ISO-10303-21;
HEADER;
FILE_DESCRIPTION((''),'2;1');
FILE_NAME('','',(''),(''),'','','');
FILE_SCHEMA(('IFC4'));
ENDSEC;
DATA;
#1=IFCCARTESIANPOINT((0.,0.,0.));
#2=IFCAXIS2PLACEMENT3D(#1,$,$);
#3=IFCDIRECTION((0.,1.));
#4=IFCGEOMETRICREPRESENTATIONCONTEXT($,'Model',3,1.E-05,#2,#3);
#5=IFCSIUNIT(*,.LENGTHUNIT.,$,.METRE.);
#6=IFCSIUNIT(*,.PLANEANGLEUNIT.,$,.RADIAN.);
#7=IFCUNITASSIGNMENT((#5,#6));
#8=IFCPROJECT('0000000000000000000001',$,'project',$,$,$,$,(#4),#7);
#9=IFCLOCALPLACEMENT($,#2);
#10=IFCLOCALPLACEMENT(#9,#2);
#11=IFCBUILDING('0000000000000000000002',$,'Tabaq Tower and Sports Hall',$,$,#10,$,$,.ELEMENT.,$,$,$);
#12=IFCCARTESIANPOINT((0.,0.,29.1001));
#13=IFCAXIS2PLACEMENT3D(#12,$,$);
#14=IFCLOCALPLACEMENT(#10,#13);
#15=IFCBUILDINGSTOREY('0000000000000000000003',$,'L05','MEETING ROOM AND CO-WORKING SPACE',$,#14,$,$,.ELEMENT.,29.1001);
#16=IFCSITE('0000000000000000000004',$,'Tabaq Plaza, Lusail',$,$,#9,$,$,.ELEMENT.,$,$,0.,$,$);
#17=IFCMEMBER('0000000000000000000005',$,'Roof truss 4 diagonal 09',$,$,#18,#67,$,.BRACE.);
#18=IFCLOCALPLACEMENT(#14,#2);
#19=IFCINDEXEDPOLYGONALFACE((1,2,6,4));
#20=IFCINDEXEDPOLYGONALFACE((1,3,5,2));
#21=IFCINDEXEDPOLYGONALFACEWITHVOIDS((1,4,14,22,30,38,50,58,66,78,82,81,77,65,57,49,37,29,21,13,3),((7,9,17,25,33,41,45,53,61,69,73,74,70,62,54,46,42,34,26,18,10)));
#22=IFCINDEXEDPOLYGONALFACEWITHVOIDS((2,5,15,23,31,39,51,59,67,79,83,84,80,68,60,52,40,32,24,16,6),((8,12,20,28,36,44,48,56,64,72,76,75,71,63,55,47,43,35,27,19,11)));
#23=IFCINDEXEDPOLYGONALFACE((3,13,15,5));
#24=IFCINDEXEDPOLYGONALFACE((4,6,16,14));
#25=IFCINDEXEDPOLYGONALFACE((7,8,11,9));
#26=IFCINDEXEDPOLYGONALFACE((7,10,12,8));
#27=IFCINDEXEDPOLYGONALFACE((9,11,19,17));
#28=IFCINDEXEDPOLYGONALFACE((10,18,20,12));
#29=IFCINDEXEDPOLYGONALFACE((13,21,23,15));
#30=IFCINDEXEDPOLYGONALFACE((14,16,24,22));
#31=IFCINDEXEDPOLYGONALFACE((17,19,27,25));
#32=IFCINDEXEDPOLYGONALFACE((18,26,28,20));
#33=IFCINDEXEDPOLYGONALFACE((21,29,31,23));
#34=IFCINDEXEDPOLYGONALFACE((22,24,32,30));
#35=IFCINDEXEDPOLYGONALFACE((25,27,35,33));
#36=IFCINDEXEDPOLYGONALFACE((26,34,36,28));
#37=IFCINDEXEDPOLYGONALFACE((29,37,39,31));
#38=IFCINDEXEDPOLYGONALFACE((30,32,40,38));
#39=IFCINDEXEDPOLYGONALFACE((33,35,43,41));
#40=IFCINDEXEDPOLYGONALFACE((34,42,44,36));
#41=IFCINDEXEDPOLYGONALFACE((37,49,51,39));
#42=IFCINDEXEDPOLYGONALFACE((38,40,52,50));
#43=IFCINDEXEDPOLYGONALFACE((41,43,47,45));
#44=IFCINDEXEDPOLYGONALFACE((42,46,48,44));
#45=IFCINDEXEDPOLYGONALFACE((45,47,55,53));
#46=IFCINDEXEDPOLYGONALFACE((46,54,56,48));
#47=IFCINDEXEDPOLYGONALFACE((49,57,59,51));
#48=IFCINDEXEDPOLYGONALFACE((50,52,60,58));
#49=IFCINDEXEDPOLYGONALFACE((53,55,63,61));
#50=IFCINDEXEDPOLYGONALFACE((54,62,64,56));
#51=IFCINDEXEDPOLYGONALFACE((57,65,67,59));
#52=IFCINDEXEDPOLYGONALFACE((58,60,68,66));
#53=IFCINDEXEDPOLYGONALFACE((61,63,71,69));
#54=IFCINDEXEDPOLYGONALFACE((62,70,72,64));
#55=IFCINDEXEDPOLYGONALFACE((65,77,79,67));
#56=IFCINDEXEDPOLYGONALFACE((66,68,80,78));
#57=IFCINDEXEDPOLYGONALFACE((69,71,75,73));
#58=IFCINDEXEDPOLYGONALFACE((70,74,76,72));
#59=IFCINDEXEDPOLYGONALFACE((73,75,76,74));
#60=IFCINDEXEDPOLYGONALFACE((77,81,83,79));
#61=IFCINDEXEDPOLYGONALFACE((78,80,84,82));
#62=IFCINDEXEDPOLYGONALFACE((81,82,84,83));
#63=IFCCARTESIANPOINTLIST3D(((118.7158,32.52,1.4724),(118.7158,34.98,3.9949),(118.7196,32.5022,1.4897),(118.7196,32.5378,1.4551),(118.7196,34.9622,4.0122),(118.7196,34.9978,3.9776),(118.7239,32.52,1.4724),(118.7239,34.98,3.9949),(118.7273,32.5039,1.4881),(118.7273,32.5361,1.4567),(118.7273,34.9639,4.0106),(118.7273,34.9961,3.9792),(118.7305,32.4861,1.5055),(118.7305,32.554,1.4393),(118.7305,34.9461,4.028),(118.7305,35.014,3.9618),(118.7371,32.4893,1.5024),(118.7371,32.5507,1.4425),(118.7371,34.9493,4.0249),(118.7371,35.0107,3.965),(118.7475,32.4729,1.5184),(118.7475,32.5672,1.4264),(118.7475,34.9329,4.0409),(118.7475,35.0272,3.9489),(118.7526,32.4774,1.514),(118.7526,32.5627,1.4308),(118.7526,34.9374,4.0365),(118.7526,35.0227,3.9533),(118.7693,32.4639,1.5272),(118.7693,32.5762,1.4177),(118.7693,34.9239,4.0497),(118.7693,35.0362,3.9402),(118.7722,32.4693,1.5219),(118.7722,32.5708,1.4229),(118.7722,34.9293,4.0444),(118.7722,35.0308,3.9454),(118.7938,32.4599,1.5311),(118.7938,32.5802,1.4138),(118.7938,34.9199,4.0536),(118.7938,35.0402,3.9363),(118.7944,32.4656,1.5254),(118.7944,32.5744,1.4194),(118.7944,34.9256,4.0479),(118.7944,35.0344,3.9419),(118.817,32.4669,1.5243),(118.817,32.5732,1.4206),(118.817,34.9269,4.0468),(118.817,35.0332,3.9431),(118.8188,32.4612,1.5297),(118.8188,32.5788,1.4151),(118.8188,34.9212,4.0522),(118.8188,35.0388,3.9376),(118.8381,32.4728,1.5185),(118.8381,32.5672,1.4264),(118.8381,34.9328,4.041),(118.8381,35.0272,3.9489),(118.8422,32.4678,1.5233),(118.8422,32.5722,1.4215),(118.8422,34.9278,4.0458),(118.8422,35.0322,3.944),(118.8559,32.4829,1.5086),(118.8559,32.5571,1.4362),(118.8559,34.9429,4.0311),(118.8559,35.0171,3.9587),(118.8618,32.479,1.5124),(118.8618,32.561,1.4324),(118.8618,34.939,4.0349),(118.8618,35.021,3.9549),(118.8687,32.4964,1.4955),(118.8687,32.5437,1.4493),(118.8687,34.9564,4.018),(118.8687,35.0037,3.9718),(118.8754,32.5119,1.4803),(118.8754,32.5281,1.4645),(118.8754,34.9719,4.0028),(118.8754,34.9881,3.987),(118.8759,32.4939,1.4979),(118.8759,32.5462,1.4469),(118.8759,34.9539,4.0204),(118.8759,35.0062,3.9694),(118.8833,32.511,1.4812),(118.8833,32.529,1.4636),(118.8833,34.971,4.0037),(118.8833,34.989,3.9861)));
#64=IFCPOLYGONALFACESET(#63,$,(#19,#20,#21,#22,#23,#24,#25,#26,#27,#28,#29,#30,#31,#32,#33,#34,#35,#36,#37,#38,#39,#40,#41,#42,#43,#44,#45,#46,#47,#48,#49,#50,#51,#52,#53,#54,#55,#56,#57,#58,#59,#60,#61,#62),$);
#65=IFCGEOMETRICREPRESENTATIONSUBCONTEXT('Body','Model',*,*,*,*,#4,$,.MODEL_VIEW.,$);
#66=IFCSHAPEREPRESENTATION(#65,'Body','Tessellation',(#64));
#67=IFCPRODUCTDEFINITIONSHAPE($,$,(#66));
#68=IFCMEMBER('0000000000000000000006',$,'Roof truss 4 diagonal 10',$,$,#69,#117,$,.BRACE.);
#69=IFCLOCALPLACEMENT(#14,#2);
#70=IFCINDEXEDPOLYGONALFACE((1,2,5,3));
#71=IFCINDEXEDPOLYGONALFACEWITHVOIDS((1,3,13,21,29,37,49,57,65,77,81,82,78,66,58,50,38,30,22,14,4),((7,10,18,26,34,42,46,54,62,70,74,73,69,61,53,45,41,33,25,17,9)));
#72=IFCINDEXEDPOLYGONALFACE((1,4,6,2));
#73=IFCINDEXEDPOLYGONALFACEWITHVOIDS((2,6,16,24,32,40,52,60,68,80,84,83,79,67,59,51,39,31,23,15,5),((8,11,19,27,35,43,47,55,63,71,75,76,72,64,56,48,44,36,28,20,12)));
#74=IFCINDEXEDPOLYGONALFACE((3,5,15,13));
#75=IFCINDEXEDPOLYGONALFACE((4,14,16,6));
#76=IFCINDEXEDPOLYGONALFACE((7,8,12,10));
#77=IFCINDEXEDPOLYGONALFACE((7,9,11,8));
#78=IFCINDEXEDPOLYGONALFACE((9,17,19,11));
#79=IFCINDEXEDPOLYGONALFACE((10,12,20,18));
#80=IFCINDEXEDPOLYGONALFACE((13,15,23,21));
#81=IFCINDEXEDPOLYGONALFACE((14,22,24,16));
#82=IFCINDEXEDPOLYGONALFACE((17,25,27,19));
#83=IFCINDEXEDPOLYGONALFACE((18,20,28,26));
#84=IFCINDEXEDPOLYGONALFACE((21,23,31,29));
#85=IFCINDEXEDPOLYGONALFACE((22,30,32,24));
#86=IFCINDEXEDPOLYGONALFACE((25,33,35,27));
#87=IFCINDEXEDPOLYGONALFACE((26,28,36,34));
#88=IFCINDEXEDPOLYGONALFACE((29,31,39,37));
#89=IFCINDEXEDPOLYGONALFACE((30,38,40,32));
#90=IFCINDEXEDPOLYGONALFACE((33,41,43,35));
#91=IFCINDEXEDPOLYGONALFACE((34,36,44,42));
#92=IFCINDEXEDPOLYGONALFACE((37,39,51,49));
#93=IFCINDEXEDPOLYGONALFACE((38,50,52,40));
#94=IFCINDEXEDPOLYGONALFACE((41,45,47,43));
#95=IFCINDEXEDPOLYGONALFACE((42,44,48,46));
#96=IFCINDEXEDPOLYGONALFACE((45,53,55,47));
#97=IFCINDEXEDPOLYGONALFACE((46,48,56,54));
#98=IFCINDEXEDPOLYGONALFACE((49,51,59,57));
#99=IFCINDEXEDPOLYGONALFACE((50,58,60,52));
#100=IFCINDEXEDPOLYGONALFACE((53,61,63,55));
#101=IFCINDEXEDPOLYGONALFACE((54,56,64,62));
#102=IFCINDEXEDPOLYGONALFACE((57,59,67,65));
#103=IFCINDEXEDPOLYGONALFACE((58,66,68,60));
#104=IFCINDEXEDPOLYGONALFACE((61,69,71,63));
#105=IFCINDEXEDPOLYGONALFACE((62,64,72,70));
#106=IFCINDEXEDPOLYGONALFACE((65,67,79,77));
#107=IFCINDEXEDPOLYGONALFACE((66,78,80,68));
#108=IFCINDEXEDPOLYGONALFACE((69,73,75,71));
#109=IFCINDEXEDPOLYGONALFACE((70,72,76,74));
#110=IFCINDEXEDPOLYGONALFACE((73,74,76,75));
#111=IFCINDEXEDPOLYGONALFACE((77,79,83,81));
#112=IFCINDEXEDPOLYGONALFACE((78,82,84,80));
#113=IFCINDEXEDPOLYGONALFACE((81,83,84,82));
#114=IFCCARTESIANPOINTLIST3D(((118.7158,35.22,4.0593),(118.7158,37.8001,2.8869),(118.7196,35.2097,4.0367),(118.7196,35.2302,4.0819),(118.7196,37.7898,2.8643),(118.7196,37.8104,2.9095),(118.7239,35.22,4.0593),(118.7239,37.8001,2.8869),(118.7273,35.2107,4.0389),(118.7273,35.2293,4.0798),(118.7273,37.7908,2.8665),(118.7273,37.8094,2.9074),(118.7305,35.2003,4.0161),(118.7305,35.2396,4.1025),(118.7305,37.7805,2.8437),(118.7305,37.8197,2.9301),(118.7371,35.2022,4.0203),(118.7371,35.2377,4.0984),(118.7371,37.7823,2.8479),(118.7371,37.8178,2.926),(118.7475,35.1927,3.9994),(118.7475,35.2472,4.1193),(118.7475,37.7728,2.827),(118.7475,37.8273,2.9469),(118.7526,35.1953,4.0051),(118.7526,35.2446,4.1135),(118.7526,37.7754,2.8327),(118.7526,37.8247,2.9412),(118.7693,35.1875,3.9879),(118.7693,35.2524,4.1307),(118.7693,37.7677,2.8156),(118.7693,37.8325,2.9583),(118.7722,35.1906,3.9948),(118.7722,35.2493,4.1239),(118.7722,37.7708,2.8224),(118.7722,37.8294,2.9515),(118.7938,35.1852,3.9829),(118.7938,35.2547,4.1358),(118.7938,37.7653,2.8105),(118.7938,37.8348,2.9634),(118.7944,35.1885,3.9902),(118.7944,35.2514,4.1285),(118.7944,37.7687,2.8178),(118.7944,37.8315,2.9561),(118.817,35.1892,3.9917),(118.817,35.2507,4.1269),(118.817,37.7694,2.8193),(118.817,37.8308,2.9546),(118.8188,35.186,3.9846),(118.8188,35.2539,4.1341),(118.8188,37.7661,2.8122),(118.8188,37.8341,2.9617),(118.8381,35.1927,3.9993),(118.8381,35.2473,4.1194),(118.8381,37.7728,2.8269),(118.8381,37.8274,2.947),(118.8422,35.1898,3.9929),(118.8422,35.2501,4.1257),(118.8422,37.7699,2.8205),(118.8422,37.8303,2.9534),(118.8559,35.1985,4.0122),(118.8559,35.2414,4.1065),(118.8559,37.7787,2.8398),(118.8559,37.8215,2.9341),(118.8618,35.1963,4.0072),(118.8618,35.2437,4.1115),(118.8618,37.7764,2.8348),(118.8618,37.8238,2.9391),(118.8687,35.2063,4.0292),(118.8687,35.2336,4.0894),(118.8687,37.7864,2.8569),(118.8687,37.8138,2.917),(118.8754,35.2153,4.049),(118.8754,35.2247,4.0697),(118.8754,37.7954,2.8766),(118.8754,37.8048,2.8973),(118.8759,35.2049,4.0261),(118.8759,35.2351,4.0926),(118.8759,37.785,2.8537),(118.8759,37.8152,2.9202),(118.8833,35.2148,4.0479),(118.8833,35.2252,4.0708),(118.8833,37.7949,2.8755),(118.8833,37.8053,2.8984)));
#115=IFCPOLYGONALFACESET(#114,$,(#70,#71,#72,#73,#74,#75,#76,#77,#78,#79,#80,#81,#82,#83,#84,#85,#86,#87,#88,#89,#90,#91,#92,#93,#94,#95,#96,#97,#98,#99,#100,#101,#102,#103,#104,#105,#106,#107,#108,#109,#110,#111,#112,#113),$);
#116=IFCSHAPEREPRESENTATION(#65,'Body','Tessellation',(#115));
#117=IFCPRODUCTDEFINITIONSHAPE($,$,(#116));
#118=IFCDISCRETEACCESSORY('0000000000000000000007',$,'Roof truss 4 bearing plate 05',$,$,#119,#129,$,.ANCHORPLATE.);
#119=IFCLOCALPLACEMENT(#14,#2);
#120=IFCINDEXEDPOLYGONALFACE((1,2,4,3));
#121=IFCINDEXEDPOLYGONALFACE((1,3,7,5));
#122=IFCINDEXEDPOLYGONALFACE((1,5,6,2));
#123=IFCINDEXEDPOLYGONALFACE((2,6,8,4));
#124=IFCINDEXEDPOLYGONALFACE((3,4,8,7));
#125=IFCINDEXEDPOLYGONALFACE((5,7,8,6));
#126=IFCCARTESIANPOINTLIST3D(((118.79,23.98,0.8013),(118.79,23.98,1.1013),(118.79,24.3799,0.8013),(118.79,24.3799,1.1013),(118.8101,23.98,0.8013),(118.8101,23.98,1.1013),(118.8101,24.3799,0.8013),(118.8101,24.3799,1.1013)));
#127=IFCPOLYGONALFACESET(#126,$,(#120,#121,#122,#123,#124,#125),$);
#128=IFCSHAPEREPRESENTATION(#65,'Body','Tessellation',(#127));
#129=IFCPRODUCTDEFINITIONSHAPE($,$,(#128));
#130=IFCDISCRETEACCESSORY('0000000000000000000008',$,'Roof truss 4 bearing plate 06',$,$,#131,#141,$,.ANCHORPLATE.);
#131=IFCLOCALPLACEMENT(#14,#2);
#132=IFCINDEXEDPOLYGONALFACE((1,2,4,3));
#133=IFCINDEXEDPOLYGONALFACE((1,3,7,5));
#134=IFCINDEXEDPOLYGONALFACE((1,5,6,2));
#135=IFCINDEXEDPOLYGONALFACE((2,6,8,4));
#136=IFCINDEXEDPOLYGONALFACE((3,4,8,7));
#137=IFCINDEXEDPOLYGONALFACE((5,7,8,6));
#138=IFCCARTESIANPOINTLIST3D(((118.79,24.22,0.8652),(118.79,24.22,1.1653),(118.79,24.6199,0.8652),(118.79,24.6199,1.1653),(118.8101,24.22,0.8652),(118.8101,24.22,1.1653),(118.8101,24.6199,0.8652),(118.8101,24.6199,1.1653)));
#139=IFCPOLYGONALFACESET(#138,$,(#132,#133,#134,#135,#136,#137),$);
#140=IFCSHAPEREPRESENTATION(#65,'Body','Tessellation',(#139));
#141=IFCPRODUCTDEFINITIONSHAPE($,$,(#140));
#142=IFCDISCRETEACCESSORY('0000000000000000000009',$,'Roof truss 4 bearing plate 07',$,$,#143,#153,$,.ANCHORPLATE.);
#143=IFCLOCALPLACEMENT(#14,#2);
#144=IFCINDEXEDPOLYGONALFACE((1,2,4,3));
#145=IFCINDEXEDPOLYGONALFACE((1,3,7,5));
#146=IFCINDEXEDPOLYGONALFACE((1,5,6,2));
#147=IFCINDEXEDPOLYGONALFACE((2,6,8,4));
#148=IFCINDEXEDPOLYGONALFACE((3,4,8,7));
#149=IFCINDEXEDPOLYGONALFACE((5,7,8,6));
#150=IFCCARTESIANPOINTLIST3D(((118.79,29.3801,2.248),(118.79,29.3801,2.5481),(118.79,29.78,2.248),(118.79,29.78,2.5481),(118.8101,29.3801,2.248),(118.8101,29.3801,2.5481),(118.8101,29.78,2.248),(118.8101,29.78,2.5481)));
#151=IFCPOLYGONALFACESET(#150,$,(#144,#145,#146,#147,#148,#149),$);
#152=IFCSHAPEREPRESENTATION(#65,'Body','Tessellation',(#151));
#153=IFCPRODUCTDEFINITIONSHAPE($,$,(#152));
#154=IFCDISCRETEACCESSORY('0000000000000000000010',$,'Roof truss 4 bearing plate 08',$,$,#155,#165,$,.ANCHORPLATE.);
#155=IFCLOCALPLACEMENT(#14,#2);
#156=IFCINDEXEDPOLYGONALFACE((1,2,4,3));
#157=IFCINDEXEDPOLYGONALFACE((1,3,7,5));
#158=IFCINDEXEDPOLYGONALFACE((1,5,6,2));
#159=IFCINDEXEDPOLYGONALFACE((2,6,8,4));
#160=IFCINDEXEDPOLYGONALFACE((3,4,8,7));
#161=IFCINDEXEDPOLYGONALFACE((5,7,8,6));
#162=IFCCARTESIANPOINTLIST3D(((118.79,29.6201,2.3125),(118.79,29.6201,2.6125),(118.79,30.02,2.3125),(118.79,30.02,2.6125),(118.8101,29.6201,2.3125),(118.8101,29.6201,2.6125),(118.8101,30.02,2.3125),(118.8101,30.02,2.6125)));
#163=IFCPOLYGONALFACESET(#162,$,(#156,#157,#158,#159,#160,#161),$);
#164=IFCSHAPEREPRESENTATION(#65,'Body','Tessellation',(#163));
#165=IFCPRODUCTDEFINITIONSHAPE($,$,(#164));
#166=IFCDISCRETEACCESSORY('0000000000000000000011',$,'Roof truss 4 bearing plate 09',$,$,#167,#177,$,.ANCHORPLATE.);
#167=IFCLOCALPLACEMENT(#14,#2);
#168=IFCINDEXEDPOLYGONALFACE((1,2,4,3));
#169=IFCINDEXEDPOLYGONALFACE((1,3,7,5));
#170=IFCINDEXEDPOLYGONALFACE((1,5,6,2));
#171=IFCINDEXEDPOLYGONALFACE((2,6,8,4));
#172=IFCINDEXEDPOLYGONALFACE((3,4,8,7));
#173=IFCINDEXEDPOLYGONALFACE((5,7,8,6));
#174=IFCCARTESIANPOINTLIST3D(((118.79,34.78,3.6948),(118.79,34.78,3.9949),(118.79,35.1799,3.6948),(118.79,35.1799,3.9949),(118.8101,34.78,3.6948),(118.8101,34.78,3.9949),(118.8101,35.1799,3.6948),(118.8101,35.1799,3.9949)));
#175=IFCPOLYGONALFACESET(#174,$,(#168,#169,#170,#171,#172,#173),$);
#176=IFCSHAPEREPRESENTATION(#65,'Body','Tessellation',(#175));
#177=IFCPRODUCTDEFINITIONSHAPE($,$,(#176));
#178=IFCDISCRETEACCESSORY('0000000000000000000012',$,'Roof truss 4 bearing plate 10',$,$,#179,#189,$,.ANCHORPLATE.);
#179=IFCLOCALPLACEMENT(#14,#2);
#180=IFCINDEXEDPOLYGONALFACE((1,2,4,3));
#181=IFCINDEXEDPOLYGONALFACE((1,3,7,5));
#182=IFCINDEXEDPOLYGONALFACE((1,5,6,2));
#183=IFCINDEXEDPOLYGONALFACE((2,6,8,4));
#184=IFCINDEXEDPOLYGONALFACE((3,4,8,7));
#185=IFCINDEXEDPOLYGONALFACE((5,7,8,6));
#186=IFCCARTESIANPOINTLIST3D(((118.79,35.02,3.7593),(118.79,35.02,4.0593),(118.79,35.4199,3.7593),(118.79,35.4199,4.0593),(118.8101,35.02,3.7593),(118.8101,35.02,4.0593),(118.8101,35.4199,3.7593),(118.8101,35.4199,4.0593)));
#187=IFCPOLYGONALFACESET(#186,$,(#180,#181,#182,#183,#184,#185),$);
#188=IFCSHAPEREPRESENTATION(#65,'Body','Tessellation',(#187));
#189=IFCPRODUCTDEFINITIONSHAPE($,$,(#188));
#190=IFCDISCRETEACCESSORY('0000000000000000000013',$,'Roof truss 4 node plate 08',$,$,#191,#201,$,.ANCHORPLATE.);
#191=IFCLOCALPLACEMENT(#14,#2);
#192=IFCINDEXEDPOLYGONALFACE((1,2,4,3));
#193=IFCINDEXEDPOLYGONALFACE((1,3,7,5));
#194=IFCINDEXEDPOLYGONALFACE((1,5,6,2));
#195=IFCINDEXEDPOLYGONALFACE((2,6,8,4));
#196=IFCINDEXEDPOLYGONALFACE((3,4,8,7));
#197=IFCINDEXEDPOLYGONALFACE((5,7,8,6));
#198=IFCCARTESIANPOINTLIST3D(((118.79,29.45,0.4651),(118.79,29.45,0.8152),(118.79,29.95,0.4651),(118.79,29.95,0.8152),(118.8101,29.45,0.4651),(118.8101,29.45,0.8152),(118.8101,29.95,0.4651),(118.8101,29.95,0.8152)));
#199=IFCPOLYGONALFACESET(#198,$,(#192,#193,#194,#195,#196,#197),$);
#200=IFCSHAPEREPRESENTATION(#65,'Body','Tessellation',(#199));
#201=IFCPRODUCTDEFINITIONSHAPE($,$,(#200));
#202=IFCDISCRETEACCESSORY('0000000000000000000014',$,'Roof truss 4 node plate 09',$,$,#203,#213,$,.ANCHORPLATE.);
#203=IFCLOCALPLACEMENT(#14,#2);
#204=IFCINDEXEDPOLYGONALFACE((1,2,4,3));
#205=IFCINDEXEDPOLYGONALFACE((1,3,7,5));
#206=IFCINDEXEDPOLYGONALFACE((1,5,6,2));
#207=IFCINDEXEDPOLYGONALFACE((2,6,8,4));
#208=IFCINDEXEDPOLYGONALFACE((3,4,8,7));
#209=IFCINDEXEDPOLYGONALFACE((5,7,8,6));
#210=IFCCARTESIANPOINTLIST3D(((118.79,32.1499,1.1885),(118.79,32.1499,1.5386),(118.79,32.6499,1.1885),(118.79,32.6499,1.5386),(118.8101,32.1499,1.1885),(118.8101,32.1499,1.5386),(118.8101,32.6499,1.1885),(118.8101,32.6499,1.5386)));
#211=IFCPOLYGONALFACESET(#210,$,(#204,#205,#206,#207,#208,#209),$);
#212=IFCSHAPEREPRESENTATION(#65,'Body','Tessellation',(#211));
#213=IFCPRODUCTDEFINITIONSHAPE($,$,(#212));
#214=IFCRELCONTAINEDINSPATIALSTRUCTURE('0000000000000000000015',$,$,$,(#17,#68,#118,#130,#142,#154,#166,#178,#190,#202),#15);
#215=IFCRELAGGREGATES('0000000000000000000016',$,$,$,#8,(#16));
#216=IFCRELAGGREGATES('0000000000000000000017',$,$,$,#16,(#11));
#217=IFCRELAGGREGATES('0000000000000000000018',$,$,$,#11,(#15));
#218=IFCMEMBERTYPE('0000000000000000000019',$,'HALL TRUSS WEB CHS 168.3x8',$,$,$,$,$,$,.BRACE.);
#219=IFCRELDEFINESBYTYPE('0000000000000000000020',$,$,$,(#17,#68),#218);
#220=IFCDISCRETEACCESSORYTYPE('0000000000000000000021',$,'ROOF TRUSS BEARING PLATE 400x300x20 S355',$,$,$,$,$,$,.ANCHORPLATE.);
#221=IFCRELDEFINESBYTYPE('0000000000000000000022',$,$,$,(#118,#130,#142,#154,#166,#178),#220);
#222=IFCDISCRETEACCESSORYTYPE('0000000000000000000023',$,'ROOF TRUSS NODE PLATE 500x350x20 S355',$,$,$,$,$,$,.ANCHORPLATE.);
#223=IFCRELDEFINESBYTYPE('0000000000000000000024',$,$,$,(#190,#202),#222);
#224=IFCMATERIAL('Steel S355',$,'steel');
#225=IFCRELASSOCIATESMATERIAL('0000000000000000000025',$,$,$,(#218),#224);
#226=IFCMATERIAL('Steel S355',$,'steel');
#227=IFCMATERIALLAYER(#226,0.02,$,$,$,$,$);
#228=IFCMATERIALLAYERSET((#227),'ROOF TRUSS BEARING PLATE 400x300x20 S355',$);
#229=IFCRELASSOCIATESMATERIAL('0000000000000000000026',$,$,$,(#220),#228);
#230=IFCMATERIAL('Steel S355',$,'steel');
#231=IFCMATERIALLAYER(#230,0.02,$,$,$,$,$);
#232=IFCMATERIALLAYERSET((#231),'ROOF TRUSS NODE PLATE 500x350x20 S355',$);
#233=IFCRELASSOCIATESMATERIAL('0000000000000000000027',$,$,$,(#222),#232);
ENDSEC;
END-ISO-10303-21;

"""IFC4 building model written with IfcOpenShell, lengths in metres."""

from ifc_helpers import new_model, si_unit, direction, frame, origin, origin_2d, place, context, subcontext, project, spatial, rectangle, hollow_circle, extrude, material, layer, layer_set, material_profile, profile_set, type_object, element, save


model = new_model("IFC4")

# Units and contexts
model_context = context("Model", 3, precision=1e-05, world=origin(), true_north=direction((0.0, 1.0)))
body_context = subcontext(model_context, "Body", "Model", "MODEL_VIEW")
ifc_project = project(units=[si_unit("LENGTHUNIT", "METRE"), si_unit("PLANEANGLEUNIT", "RADIAN")], contexts=[model_context])

# Site, building, storey
site_placement = place(None, origin())
site = spatial("IfcSite", under=ifc_project, at=site_placement, Name="Tabaq Plaza, Lusail", CompositionType="ELEMENT", RefElevation=0.0)
building_placement = place(site_placement, origin())
building = spatial("IfcBuilding", under=site, at=building_placement, Name="Tabaq Tower and Sports Hall", CompositionType="ELEMENT")
storey_placement = place(building_placement, frame((0.0, 0.0, 29.1001)))
storey = spatial("IfcBuildingStorey", under=building, at=storey_placement, Name="L05", Description="MEETING ROOM AND CO-WORKING SPACE", CompositionType="ELEMENT", Elevation=29.1001)

# Members
ifc_material_1 = material(Name="Steel S355", Category="steel")
ifc_material_profile_1 = material_profile(ifc_material_1, hollow_circle(Radius=0.0842, WallThickness=0.0081, at=origin_2d()), Name="CHS 168.3x8")
ifc_profile_set_1 = profile_set([ifc_material_profile_1], Name="Steel S355")
member_type_1 = type_object("IfcMemberType", Name="HALL TRUSS WEB CHS 168.3x8", PredefinedType="BRACE", material=ifc_profile_set_1)
member_1_placement = place(storey_placement, frame((118.8, 32.52, 1.4724), z_axis=(0.0, 0.698182, 0.71592), x_axis=(-1.0, 0.0, 0.0)))
element("IfcMember", 1, at=member_1_placement, inside=storey, type_object=member_type_1, Name="Roof truss 4 diagonal 09", PredefinedType="BRACE", context=body_context, shape_type="SweptSolid", body=[
    extrude(hollow_circle(Radius=0.0842, WallThickness=0.0081, at=origin_2d()), origin(), (0.0, 0.0, 1.0), 3.5234),
])
member_2_placement = place(storey_placement, frame((118.8, 35.22, 4.0593), z_axis=(0.0, 0.91042, -0.413686), x_axis=(-1.0, 0.0, 0.0)))
element("IfcMember", 2, at=member_2_placement, inside=storey, type_object=member_type_1, Name="Roof truss 4 diagonal 10", PredefinedType="BRACE", context=body_context, shape_type="SweptSolid", body=[
    extrude(hollow_circle(Radius=0.0842, WallThickness=0.0081, at=origin_2d()), origin(), (0.0, 0.0, 1.0), 2.834),
])

# Discrete accessories
ifc_material_2 = material(Name="Steel S355", Category="steel")
ifc_layer_1 = layer(ifc_material_2, 0.02)
ifc_layer_set_1 = layer_set([ifc_layer_1], Name="ROOF TRUSS BEARING PLATE 400x300x20 S355")
discrete_accessory_type_1 = type_object("IfcDiscreteAccessoryType", Name="ROOF TRUSS BEARING PLATE 400x300x20 S355", PredefinedType="ANCHORPLATE", material=ifc_layer_set_1)
for number, where, z_axis, x_axis, name in (
    (3, (118.8, 24.1799, 0.8013), (0.0, 0.0, 1.0), (1.0, 0.0, 0.0), "Roof truss 4 bearing plate 05"),
    (4, (118.8, 24.4199, 0.8652), (0.0, 0.0, 1.0), (1.0, 0.0, 0.0), "Roof truss 4 bearing plate 06"),
    (5, (118.8, 29.5801, 2.248), (0.0, 0.0, 1.0), (1.0, 0.0, 0.0), "Roof truss 4 bearing plate 07"),
    (6, (118.8, 29.8201, 2.3125), (0.0, 0.0, 1.0), (1.0, 0.0, 0.0), "Roof truss 4 bearing plate 08"),
    (7, (118.8, 34.98, 3.6948), (0.0, 0.0, 1.0), (1.0, 0.0, 0.0), "Roof truss 4 bearing plate 09"),
    (8, (118.8, 35.22, 3.7593), (0.0, 0.0, 1.0), (1.0, 0.0, 0.0), "Roof truss 4 bearing plate 10"),
):
    element("IfcDiscreteAccessory", number, at=place(storey_placement, frame(where, z_axis=z_axis, x_axis=x_axis)), inside=storey, type_object=discrete_accessory_type_1, Name=name, PredefinedType="ANCHORPLATE", context=body_context, shape_type="SweptSolid", body=[
        extrude(rectangle(XDim=0.02, YDim=0.3999, at=origin_2d()), origin(), (0.0, 0.0, 1.0), 0.3),
    ])
ifc_material_3 = material(Name="Steel S355", Category="steel")
ifc_layer_2 = layer(ifc_material_3, 0.02)
ifc_layer_set_2 = layer_set([ifc_layer_2], Name="ROOF TRUSS NODE PLATE 500x350x20 S355")
discrete_accessory_type_2 = type_object("IfcDiscreteAccessoryType", Name="ROOF TRUSS NODE PLATE 500x350x20 S355", PredefinedType="ANCHORPLATE", material=ifc_layer_set_2)
for number, where, z_axis, x_axis, name in (
    (9, (118.8, 29.7, 0.4651), (0.0, 0.0, 1.0), (1.0, 0.0, 0.0), "Roof truss 4 node plate 08"),
    (10, (118.8, 32.3999, 1.1885), (0.0, 0.0, 1.0), (1.0, 0.0, 0.0), "Roof truss 4 node plate 09"),
):
    element("IfcDiscreteAccessory", number, at=place(storey_placement, frame(where, z_axis=z_axis, x_axis=x_axis)), inside=storey, type_object=discrete_accessory_type_2, Name=name, PredefinedType="ANCHORPLATE", context=body_context, shape_type="SweptSolid", body=[
        extrude(rectangle(XDim=0.02, YDim=0.5, at=origin_2d()), origin(), (0.0, 0.0, 1.0), 0.3501),
    ])

save(model, "model.ifc")
